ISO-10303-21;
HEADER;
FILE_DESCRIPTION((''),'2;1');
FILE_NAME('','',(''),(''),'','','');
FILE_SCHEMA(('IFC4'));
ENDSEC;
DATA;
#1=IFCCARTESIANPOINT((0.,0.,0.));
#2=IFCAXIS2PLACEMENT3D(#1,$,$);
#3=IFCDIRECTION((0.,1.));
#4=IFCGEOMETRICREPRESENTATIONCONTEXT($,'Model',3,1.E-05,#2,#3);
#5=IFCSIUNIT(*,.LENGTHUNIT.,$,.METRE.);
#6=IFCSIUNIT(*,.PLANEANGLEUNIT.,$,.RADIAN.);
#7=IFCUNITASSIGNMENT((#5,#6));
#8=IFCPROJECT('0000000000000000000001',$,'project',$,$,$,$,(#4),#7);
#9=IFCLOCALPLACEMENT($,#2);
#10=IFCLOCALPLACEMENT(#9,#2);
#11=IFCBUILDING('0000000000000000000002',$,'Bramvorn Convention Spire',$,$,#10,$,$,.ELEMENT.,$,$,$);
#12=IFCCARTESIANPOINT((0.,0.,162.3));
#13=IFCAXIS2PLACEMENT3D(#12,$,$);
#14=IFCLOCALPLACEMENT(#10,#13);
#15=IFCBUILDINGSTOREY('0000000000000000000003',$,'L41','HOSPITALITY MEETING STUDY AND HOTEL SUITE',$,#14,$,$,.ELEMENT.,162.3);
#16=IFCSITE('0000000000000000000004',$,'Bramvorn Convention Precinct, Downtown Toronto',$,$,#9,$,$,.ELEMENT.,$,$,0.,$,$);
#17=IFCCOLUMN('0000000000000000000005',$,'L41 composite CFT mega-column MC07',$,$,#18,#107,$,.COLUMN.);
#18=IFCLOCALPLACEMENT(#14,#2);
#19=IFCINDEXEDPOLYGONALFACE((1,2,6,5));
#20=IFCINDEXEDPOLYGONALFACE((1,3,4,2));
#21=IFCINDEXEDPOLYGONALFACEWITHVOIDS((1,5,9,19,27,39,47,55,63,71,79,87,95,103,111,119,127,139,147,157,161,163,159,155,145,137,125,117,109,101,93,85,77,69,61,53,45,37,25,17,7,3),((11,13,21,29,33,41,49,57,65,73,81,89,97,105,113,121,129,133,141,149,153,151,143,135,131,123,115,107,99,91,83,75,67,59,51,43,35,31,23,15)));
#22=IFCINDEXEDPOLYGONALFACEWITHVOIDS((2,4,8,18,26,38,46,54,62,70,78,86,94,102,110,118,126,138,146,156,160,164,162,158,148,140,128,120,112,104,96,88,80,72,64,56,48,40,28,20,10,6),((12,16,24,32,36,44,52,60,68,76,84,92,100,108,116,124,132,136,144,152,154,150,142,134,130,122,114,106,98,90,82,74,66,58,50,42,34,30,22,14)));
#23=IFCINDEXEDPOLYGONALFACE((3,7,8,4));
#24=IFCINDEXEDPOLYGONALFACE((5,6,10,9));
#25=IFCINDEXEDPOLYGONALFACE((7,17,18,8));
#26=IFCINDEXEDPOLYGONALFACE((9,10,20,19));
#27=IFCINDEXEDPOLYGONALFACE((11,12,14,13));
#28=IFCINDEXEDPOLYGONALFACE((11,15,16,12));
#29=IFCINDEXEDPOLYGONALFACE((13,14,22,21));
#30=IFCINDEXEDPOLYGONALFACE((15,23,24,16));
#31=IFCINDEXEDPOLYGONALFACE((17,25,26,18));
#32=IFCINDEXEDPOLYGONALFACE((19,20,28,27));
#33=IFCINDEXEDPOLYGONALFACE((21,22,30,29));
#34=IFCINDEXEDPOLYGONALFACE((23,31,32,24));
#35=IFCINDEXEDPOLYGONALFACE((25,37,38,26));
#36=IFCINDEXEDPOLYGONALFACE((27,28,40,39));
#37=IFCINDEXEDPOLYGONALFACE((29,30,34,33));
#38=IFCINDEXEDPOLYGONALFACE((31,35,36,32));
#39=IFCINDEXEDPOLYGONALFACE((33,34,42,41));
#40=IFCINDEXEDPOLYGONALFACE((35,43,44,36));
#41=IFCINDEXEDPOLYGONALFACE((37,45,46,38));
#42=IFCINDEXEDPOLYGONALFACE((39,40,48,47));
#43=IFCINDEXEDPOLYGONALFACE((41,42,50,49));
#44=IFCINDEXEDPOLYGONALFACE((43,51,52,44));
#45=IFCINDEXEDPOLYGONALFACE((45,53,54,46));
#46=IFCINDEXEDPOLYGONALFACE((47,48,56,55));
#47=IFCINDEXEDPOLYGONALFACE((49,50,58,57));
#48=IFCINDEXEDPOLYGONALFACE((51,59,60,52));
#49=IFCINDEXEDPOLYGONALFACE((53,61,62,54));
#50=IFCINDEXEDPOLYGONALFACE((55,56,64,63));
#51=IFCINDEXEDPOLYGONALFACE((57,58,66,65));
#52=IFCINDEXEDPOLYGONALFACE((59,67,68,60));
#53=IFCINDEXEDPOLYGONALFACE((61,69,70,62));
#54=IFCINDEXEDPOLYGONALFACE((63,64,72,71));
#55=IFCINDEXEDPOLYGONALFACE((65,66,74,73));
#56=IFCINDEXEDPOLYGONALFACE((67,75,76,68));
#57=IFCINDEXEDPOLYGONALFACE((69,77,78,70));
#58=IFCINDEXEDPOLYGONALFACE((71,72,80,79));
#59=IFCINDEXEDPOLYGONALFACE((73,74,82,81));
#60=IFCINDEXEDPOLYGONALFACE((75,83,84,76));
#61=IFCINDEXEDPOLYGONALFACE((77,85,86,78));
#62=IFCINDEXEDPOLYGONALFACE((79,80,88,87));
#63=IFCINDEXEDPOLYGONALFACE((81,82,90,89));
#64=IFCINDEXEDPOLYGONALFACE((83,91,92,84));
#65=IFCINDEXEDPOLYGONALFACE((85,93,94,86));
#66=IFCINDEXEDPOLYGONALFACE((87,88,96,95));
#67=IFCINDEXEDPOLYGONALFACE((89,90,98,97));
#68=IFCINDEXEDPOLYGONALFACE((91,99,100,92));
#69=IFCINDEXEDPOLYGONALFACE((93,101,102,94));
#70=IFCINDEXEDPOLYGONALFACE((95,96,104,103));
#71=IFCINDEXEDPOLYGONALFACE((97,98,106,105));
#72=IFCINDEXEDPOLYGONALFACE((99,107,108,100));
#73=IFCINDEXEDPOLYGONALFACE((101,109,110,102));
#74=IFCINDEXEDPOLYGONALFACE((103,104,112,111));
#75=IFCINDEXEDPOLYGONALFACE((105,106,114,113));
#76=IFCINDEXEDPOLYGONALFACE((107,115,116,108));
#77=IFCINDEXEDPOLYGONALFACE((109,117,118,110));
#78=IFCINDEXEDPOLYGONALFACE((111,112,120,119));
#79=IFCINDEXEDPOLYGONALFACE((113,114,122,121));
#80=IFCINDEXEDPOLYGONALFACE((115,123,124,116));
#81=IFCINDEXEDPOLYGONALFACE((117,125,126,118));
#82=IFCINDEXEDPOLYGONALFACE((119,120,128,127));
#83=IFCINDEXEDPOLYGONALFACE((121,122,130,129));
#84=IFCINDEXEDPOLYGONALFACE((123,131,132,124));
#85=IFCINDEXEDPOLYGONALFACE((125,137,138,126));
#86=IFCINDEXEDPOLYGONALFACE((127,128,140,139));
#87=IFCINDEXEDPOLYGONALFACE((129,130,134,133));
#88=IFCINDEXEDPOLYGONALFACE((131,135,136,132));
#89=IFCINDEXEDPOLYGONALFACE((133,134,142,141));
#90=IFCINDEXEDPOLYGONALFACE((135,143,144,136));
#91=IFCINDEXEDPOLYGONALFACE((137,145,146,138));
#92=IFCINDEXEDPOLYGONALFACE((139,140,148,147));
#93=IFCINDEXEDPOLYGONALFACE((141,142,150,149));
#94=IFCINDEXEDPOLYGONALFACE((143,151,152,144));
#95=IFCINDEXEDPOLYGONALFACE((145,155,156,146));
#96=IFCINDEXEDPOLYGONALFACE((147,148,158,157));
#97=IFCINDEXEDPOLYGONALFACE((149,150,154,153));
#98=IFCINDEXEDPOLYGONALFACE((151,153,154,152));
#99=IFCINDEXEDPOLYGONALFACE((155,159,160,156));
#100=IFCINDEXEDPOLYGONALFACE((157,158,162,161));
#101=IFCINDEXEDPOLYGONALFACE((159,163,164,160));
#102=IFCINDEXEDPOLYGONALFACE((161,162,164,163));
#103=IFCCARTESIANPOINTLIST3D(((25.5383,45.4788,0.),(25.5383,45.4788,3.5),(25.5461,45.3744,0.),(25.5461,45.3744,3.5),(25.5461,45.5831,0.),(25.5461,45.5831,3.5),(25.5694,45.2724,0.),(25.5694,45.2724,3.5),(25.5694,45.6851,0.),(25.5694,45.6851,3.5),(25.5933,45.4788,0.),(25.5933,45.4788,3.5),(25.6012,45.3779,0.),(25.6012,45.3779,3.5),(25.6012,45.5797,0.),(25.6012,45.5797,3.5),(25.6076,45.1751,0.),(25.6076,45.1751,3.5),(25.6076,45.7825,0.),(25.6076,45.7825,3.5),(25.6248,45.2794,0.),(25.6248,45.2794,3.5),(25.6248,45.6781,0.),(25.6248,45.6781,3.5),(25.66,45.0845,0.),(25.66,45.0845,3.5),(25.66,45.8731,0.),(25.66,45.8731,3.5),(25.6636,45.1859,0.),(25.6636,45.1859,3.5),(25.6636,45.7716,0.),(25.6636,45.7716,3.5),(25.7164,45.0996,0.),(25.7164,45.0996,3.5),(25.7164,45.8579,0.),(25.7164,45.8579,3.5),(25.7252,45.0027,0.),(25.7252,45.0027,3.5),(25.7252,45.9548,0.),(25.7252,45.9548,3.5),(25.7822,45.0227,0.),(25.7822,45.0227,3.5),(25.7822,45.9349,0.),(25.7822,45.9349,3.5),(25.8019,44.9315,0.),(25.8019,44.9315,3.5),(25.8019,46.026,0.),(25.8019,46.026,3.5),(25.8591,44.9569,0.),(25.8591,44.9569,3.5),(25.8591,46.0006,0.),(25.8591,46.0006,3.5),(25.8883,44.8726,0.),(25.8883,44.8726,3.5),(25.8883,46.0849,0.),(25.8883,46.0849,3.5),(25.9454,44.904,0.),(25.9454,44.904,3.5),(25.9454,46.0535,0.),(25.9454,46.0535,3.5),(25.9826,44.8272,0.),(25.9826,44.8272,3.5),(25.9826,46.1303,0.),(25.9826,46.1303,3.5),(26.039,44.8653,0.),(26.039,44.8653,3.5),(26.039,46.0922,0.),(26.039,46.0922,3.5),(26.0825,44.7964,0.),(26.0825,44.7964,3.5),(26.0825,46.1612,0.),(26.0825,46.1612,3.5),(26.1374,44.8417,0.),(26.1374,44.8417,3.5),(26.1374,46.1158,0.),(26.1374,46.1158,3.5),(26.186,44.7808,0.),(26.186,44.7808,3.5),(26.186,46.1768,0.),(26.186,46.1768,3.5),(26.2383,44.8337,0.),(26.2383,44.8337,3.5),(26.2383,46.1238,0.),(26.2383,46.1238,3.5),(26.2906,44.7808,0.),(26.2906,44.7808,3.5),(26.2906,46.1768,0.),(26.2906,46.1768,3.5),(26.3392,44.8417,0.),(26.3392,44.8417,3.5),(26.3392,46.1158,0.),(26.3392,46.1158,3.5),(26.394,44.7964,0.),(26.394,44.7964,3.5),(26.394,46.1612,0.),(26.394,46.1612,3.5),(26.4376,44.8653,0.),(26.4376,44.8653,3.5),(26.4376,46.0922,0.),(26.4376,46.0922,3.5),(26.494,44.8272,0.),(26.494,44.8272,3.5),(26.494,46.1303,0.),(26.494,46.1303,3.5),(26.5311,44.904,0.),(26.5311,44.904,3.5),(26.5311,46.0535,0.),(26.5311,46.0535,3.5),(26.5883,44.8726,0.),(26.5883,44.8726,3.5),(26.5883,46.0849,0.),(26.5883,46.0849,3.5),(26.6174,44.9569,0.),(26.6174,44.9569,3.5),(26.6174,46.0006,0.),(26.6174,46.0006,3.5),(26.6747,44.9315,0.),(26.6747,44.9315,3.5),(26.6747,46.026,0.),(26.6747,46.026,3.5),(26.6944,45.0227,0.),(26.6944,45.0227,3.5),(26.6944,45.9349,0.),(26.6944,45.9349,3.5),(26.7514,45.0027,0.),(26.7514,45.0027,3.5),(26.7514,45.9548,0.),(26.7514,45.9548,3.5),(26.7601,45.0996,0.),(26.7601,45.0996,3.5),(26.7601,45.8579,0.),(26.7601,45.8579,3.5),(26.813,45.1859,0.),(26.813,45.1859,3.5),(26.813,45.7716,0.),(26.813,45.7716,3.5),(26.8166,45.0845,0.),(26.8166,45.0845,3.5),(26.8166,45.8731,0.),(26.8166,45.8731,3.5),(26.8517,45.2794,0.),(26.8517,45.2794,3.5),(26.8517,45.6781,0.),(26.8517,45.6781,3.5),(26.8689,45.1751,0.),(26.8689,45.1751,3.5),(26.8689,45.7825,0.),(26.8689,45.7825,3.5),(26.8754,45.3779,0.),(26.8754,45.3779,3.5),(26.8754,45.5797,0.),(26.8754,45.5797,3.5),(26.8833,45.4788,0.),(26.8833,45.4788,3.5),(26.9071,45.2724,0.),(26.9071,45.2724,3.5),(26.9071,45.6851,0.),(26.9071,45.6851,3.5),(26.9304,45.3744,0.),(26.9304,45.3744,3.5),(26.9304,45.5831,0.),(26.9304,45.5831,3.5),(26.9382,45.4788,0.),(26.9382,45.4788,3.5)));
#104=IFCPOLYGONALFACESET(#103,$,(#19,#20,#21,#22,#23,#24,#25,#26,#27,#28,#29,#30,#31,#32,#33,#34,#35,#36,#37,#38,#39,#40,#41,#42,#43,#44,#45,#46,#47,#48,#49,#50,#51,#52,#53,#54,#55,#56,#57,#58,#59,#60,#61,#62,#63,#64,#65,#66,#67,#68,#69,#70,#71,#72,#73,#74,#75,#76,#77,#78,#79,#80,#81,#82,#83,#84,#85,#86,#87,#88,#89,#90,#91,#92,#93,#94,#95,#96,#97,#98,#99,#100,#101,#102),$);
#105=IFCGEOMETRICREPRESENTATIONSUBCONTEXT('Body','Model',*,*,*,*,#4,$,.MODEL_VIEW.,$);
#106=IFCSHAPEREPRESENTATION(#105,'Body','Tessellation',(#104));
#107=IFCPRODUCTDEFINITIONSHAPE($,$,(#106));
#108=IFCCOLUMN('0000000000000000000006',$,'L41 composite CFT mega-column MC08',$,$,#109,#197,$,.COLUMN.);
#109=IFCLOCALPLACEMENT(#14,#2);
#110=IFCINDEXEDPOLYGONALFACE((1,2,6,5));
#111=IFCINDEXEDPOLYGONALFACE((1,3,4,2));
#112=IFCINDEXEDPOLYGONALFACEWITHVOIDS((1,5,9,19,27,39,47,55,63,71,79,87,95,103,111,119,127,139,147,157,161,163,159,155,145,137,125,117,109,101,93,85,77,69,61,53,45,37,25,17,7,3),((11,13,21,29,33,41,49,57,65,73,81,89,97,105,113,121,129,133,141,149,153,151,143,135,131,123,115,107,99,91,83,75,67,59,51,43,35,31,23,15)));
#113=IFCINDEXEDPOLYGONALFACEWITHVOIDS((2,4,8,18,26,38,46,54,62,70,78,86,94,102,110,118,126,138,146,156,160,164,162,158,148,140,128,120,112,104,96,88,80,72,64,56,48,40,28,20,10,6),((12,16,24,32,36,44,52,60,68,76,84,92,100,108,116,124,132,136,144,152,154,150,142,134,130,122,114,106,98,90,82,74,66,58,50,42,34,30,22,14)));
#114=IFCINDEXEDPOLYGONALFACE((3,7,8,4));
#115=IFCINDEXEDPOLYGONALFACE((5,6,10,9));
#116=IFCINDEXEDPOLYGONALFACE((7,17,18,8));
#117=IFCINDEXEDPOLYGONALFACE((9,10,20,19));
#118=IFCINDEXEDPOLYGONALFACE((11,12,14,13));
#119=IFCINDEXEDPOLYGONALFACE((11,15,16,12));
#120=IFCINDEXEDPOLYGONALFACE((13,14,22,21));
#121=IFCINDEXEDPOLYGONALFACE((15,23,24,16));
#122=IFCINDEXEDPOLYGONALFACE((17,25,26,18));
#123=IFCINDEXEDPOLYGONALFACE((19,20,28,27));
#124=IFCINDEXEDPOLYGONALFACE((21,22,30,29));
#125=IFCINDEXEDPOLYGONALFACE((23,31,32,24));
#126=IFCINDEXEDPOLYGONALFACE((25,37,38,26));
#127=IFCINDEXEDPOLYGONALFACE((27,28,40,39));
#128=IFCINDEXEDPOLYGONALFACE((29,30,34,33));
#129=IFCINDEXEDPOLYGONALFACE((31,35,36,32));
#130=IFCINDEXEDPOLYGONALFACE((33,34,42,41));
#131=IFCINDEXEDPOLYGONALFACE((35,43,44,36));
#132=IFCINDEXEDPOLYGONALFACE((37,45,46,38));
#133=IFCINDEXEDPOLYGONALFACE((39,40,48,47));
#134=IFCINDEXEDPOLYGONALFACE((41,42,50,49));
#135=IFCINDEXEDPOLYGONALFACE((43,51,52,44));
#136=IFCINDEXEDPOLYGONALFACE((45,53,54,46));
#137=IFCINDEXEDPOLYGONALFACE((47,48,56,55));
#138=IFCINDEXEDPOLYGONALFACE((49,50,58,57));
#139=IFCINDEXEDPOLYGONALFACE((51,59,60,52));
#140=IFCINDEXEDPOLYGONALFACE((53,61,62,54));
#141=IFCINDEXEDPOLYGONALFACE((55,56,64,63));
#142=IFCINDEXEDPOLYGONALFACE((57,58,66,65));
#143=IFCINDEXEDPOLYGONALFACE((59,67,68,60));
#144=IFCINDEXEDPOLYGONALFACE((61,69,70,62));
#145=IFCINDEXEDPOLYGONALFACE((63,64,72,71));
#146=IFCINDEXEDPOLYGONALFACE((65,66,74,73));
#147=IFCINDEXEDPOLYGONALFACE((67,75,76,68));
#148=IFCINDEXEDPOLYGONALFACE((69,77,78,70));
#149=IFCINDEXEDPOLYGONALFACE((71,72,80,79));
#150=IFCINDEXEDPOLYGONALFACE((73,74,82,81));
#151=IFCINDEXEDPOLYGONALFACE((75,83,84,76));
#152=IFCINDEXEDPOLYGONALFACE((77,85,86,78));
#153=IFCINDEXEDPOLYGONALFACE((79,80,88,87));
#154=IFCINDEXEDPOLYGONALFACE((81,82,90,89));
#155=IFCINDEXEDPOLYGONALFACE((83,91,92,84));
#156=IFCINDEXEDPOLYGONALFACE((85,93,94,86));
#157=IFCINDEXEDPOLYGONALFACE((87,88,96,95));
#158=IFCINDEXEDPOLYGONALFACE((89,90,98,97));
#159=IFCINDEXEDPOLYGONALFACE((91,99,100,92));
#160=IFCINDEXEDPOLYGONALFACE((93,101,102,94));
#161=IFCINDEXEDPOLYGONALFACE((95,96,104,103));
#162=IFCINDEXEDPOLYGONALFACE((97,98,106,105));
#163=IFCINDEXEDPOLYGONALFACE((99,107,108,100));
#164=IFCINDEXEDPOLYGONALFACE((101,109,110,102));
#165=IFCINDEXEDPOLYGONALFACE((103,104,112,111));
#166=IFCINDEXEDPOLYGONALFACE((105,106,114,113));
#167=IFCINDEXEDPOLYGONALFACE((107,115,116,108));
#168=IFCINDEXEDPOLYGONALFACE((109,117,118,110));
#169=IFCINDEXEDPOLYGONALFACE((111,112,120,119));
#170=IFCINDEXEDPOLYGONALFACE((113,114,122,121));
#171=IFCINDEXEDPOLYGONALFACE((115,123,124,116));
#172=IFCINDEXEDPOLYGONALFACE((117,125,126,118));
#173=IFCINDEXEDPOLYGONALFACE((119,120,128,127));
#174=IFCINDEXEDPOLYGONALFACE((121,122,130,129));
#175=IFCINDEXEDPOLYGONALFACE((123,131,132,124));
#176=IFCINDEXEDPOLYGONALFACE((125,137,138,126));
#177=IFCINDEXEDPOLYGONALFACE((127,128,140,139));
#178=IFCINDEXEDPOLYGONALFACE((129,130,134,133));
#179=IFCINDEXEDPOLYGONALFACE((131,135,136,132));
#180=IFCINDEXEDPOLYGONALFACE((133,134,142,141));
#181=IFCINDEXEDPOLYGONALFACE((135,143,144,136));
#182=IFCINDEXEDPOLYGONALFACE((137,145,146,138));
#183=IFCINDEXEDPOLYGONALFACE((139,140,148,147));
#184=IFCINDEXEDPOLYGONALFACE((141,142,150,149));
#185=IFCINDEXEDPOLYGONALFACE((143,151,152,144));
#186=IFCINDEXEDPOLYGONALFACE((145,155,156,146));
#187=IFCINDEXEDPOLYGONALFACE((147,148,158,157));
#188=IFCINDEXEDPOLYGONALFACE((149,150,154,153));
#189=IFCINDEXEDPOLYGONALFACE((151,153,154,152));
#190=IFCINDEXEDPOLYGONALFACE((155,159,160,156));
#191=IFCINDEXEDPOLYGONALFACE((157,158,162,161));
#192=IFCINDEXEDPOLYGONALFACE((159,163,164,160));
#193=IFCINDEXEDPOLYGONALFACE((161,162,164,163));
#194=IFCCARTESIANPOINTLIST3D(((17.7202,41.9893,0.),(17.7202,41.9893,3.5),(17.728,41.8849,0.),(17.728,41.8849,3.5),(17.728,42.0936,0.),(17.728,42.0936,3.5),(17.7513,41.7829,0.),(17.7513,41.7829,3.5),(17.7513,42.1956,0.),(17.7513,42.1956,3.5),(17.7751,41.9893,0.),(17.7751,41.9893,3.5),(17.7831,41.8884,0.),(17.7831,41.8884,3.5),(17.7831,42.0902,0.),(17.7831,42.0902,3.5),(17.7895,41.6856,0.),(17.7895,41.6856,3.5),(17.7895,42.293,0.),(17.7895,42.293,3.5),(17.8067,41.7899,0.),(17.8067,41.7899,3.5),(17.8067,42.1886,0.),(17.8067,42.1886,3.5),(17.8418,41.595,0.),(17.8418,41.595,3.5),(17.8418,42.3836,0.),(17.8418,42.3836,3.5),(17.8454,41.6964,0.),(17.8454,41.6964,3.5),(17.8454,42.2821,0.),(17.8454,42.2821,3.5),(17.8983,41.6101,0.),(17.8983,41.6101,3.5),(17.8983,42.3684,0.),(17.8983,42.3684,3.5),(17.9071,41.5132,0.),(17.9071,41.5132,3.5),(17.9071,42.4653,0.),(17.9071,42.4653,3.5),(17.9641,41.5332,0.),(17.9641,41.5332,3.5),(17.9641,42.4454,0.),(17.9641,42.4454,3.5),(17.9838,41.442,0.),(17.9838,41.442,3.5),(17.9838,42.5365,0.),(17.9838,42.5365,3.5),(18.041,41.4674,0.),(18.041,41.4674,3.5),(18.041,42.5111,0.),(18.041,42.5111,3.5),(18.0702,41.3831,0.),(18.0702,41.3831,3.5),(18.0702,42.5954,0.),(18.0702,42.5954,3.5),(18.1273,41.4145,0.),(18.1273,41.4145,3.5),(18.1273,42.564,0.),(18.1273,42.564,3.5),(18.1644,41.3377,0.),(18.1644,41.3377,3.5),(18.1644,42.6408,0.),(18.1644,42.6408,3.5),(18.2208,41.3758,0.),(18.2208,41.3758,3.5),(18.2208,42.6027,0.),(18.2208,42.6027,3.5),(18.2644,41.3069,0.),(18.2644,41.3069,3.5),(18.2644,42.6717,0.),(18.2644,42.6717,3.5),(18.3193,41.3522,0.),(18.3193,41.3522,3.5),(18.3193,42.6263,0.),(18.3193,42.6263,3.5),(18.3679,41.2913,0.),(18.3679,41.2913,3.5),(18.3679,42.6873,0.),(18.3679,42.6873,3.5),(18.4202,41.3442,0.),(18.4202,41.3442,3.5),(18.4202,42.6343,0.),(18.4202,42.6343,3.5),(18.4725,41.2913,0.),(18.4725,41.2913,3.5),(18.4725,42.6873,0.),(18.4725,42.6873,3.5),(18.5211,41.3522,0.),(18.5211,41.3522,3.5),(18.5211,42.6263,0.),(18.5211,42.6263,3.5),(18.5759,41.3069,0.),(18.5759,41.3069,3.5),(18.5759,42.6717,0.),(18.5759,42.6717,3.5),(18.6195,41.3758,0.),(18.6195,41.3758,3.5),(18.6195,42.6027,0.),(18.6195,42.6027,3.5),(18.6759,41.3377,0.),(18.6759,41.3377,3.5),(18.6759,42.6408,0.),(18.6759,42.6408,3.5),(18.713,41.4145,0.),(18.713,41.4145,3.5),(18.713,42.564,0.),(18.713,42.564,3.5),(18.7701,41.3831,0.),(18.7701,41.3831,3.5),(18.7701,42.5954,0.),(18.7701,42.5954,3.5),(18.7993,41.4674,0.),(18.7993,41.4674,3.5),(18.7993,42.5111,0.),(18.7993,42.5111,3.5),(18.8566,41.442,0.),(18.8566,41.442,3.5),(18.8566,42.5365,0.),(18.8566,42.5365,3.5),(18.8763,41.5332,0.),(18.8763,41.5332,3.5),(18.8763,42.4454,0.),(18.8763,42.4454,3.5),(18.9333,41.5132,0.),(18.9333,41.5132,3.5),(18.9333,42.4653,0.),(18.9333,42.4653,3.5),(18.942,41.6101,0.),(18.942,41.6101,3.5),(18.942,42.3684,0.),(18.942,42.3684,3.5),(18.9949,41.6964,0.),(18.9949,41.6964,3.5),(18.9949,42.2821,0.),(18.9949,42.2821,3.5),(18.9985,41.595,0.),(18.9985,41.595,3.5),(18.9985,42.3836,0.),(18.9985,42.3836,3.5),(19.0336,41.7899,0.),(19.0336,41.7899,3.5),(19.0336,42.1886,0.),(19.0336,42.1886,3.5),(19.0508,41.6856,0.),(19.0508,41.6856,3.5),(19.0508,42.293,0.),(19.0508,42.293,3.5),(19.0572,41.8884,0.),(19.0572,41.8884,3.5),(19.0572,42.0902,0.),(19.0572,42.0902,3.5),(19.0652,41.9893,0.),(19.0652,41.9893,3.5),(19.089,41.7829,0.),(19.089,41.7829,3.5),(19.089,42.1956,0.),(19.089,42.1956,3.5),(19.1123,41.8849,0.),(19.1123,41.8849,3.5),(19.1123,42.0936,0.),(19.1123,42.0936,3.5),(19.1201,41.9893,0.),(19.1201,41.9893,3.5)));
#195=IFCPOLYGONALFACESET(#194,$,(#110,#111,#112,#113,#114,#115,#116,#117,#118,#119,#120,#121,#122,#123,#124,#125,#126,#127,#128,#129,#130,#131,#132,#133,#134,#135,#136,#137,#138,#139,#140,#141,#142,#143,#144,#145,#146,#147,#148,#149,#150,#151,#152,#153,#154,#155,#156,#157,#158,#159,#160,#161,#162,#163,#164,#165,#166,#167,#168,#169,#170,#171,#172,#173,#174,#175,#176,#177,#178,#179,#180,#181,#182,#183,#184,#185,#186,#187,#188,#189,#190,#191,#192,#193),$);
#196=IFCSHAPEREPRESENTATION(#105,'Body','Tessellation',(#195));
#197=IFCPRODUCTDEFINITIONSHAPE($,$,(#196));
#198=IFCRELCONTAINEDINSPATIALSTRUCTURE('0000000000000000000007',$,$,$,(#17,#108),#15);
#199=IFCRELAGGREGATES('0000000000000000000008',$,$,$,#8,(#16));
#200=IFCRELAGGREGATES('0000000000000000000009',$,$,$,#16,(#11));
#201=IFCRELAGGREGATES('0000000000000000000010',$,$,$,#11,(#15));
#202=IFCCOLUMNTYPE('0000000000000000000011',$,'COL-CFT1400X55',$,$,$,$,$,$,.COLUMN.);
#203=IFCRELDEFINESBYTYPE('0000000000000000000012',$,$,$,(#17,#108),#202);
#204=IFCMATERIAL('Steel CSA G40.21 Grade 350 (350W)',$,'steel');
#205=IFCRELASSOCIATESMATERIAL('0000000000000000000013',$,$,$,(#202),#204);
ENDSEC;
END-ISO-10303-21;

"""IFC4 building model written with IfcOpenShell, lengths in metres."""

from ifc_helpers import new_model, si_unit, direction, frame, origin, origin_2d, place, context, subcontext, project, spatial, hollow_circle, extrude, material, material_profile, profile_set, type_object, element, save


model = new_model("IFC4")

# Units and contexts
model_context = context("Model", 3, precision=1e-05, world=origin(), true_north=direction((0.0, 1.0)))
body_context = subcontext(model_context, "Body", "Model", "MODEL_VIEW")
ifc_project = project(units=[si_unit("LENGTHUNIT", "METRE"), si_unit("PLANEANGLEUNIT", "RADIAN")], contexts=[model_context])

# Site, building, storey
site_placement = place(None, origin())
site = spatial("IfcSite", under=ifc_project, at=site_placement, Name="Bramvorn Convention Precinct, Downtown Toronto", CompositionType="ELEMENT", RefElevation=0.0)
building_placement = place(site_placement, origin())
building = spatial("IfcBuilding", under=site, at=building_placement, Name="Bramvorn Convention Spire", CompositionType="ELEMENT")
storey_placement = place(building_placement, frame((0.0, 0.0, 162.3)))
storey = spatial("IfcBuildingStorey", under=building, at=storey_placement, Name="L41", Description="HOSPITALITY MEETING STUDY AND HOTEL SUITE", CompositionType="ELEMENT", Elevation=162.3)

# Columns
ifc_material_1 = material(Name="Steel CSA G40.21 Grade 350 (350W)", Category="steel")
ifc_material_profile_1 = material_profile(ifc_material_1, hollow_circle(Radius=0.7, WallThickness=0.0549, at=origin_2d()))
ifc_profile_set_1 = profile_set([ifc_material_profile_1], Name="Steel CSA G40.21 Grade 350 (350W) - CFT1400X55")
column_type = type_object("IfcColumnType", Name="COL-CFT1400X55", PredefinedType="COLUMN", material=ifc_profile_set_1)
for number, where, z_axis, x_axis, name in (
    (1, (26.2383, 45.4788, 0.0), (0.0, 0.0, 1.0), (1.0, 0.0, 0.0), "L41 composite CFT mega-column MC07"),
    (2, (18.4202, 41.9893, 0.0), (0.0, 0.0, 1.0), (1.0, 0.0, 0.0), "L41 composite CFT mega-column MC08"),
):
    element("IfcColumn", number, at=place(storey_placement, frame(where, z_axis=z_axis, x_axis=x_axis)), inside=storey, type_object=column_type, Name=name, PredefinedType="COLUMN", context=body_context, shape_type="SweptSolid", body=[
        extrude(hollow_circle(Radius=0.7, WallThickness=0.0549, at=origin_2d()), origin(), (0.0, 0.0, 1.0), 3.5),
    ])

save(model, "model.ifc")
